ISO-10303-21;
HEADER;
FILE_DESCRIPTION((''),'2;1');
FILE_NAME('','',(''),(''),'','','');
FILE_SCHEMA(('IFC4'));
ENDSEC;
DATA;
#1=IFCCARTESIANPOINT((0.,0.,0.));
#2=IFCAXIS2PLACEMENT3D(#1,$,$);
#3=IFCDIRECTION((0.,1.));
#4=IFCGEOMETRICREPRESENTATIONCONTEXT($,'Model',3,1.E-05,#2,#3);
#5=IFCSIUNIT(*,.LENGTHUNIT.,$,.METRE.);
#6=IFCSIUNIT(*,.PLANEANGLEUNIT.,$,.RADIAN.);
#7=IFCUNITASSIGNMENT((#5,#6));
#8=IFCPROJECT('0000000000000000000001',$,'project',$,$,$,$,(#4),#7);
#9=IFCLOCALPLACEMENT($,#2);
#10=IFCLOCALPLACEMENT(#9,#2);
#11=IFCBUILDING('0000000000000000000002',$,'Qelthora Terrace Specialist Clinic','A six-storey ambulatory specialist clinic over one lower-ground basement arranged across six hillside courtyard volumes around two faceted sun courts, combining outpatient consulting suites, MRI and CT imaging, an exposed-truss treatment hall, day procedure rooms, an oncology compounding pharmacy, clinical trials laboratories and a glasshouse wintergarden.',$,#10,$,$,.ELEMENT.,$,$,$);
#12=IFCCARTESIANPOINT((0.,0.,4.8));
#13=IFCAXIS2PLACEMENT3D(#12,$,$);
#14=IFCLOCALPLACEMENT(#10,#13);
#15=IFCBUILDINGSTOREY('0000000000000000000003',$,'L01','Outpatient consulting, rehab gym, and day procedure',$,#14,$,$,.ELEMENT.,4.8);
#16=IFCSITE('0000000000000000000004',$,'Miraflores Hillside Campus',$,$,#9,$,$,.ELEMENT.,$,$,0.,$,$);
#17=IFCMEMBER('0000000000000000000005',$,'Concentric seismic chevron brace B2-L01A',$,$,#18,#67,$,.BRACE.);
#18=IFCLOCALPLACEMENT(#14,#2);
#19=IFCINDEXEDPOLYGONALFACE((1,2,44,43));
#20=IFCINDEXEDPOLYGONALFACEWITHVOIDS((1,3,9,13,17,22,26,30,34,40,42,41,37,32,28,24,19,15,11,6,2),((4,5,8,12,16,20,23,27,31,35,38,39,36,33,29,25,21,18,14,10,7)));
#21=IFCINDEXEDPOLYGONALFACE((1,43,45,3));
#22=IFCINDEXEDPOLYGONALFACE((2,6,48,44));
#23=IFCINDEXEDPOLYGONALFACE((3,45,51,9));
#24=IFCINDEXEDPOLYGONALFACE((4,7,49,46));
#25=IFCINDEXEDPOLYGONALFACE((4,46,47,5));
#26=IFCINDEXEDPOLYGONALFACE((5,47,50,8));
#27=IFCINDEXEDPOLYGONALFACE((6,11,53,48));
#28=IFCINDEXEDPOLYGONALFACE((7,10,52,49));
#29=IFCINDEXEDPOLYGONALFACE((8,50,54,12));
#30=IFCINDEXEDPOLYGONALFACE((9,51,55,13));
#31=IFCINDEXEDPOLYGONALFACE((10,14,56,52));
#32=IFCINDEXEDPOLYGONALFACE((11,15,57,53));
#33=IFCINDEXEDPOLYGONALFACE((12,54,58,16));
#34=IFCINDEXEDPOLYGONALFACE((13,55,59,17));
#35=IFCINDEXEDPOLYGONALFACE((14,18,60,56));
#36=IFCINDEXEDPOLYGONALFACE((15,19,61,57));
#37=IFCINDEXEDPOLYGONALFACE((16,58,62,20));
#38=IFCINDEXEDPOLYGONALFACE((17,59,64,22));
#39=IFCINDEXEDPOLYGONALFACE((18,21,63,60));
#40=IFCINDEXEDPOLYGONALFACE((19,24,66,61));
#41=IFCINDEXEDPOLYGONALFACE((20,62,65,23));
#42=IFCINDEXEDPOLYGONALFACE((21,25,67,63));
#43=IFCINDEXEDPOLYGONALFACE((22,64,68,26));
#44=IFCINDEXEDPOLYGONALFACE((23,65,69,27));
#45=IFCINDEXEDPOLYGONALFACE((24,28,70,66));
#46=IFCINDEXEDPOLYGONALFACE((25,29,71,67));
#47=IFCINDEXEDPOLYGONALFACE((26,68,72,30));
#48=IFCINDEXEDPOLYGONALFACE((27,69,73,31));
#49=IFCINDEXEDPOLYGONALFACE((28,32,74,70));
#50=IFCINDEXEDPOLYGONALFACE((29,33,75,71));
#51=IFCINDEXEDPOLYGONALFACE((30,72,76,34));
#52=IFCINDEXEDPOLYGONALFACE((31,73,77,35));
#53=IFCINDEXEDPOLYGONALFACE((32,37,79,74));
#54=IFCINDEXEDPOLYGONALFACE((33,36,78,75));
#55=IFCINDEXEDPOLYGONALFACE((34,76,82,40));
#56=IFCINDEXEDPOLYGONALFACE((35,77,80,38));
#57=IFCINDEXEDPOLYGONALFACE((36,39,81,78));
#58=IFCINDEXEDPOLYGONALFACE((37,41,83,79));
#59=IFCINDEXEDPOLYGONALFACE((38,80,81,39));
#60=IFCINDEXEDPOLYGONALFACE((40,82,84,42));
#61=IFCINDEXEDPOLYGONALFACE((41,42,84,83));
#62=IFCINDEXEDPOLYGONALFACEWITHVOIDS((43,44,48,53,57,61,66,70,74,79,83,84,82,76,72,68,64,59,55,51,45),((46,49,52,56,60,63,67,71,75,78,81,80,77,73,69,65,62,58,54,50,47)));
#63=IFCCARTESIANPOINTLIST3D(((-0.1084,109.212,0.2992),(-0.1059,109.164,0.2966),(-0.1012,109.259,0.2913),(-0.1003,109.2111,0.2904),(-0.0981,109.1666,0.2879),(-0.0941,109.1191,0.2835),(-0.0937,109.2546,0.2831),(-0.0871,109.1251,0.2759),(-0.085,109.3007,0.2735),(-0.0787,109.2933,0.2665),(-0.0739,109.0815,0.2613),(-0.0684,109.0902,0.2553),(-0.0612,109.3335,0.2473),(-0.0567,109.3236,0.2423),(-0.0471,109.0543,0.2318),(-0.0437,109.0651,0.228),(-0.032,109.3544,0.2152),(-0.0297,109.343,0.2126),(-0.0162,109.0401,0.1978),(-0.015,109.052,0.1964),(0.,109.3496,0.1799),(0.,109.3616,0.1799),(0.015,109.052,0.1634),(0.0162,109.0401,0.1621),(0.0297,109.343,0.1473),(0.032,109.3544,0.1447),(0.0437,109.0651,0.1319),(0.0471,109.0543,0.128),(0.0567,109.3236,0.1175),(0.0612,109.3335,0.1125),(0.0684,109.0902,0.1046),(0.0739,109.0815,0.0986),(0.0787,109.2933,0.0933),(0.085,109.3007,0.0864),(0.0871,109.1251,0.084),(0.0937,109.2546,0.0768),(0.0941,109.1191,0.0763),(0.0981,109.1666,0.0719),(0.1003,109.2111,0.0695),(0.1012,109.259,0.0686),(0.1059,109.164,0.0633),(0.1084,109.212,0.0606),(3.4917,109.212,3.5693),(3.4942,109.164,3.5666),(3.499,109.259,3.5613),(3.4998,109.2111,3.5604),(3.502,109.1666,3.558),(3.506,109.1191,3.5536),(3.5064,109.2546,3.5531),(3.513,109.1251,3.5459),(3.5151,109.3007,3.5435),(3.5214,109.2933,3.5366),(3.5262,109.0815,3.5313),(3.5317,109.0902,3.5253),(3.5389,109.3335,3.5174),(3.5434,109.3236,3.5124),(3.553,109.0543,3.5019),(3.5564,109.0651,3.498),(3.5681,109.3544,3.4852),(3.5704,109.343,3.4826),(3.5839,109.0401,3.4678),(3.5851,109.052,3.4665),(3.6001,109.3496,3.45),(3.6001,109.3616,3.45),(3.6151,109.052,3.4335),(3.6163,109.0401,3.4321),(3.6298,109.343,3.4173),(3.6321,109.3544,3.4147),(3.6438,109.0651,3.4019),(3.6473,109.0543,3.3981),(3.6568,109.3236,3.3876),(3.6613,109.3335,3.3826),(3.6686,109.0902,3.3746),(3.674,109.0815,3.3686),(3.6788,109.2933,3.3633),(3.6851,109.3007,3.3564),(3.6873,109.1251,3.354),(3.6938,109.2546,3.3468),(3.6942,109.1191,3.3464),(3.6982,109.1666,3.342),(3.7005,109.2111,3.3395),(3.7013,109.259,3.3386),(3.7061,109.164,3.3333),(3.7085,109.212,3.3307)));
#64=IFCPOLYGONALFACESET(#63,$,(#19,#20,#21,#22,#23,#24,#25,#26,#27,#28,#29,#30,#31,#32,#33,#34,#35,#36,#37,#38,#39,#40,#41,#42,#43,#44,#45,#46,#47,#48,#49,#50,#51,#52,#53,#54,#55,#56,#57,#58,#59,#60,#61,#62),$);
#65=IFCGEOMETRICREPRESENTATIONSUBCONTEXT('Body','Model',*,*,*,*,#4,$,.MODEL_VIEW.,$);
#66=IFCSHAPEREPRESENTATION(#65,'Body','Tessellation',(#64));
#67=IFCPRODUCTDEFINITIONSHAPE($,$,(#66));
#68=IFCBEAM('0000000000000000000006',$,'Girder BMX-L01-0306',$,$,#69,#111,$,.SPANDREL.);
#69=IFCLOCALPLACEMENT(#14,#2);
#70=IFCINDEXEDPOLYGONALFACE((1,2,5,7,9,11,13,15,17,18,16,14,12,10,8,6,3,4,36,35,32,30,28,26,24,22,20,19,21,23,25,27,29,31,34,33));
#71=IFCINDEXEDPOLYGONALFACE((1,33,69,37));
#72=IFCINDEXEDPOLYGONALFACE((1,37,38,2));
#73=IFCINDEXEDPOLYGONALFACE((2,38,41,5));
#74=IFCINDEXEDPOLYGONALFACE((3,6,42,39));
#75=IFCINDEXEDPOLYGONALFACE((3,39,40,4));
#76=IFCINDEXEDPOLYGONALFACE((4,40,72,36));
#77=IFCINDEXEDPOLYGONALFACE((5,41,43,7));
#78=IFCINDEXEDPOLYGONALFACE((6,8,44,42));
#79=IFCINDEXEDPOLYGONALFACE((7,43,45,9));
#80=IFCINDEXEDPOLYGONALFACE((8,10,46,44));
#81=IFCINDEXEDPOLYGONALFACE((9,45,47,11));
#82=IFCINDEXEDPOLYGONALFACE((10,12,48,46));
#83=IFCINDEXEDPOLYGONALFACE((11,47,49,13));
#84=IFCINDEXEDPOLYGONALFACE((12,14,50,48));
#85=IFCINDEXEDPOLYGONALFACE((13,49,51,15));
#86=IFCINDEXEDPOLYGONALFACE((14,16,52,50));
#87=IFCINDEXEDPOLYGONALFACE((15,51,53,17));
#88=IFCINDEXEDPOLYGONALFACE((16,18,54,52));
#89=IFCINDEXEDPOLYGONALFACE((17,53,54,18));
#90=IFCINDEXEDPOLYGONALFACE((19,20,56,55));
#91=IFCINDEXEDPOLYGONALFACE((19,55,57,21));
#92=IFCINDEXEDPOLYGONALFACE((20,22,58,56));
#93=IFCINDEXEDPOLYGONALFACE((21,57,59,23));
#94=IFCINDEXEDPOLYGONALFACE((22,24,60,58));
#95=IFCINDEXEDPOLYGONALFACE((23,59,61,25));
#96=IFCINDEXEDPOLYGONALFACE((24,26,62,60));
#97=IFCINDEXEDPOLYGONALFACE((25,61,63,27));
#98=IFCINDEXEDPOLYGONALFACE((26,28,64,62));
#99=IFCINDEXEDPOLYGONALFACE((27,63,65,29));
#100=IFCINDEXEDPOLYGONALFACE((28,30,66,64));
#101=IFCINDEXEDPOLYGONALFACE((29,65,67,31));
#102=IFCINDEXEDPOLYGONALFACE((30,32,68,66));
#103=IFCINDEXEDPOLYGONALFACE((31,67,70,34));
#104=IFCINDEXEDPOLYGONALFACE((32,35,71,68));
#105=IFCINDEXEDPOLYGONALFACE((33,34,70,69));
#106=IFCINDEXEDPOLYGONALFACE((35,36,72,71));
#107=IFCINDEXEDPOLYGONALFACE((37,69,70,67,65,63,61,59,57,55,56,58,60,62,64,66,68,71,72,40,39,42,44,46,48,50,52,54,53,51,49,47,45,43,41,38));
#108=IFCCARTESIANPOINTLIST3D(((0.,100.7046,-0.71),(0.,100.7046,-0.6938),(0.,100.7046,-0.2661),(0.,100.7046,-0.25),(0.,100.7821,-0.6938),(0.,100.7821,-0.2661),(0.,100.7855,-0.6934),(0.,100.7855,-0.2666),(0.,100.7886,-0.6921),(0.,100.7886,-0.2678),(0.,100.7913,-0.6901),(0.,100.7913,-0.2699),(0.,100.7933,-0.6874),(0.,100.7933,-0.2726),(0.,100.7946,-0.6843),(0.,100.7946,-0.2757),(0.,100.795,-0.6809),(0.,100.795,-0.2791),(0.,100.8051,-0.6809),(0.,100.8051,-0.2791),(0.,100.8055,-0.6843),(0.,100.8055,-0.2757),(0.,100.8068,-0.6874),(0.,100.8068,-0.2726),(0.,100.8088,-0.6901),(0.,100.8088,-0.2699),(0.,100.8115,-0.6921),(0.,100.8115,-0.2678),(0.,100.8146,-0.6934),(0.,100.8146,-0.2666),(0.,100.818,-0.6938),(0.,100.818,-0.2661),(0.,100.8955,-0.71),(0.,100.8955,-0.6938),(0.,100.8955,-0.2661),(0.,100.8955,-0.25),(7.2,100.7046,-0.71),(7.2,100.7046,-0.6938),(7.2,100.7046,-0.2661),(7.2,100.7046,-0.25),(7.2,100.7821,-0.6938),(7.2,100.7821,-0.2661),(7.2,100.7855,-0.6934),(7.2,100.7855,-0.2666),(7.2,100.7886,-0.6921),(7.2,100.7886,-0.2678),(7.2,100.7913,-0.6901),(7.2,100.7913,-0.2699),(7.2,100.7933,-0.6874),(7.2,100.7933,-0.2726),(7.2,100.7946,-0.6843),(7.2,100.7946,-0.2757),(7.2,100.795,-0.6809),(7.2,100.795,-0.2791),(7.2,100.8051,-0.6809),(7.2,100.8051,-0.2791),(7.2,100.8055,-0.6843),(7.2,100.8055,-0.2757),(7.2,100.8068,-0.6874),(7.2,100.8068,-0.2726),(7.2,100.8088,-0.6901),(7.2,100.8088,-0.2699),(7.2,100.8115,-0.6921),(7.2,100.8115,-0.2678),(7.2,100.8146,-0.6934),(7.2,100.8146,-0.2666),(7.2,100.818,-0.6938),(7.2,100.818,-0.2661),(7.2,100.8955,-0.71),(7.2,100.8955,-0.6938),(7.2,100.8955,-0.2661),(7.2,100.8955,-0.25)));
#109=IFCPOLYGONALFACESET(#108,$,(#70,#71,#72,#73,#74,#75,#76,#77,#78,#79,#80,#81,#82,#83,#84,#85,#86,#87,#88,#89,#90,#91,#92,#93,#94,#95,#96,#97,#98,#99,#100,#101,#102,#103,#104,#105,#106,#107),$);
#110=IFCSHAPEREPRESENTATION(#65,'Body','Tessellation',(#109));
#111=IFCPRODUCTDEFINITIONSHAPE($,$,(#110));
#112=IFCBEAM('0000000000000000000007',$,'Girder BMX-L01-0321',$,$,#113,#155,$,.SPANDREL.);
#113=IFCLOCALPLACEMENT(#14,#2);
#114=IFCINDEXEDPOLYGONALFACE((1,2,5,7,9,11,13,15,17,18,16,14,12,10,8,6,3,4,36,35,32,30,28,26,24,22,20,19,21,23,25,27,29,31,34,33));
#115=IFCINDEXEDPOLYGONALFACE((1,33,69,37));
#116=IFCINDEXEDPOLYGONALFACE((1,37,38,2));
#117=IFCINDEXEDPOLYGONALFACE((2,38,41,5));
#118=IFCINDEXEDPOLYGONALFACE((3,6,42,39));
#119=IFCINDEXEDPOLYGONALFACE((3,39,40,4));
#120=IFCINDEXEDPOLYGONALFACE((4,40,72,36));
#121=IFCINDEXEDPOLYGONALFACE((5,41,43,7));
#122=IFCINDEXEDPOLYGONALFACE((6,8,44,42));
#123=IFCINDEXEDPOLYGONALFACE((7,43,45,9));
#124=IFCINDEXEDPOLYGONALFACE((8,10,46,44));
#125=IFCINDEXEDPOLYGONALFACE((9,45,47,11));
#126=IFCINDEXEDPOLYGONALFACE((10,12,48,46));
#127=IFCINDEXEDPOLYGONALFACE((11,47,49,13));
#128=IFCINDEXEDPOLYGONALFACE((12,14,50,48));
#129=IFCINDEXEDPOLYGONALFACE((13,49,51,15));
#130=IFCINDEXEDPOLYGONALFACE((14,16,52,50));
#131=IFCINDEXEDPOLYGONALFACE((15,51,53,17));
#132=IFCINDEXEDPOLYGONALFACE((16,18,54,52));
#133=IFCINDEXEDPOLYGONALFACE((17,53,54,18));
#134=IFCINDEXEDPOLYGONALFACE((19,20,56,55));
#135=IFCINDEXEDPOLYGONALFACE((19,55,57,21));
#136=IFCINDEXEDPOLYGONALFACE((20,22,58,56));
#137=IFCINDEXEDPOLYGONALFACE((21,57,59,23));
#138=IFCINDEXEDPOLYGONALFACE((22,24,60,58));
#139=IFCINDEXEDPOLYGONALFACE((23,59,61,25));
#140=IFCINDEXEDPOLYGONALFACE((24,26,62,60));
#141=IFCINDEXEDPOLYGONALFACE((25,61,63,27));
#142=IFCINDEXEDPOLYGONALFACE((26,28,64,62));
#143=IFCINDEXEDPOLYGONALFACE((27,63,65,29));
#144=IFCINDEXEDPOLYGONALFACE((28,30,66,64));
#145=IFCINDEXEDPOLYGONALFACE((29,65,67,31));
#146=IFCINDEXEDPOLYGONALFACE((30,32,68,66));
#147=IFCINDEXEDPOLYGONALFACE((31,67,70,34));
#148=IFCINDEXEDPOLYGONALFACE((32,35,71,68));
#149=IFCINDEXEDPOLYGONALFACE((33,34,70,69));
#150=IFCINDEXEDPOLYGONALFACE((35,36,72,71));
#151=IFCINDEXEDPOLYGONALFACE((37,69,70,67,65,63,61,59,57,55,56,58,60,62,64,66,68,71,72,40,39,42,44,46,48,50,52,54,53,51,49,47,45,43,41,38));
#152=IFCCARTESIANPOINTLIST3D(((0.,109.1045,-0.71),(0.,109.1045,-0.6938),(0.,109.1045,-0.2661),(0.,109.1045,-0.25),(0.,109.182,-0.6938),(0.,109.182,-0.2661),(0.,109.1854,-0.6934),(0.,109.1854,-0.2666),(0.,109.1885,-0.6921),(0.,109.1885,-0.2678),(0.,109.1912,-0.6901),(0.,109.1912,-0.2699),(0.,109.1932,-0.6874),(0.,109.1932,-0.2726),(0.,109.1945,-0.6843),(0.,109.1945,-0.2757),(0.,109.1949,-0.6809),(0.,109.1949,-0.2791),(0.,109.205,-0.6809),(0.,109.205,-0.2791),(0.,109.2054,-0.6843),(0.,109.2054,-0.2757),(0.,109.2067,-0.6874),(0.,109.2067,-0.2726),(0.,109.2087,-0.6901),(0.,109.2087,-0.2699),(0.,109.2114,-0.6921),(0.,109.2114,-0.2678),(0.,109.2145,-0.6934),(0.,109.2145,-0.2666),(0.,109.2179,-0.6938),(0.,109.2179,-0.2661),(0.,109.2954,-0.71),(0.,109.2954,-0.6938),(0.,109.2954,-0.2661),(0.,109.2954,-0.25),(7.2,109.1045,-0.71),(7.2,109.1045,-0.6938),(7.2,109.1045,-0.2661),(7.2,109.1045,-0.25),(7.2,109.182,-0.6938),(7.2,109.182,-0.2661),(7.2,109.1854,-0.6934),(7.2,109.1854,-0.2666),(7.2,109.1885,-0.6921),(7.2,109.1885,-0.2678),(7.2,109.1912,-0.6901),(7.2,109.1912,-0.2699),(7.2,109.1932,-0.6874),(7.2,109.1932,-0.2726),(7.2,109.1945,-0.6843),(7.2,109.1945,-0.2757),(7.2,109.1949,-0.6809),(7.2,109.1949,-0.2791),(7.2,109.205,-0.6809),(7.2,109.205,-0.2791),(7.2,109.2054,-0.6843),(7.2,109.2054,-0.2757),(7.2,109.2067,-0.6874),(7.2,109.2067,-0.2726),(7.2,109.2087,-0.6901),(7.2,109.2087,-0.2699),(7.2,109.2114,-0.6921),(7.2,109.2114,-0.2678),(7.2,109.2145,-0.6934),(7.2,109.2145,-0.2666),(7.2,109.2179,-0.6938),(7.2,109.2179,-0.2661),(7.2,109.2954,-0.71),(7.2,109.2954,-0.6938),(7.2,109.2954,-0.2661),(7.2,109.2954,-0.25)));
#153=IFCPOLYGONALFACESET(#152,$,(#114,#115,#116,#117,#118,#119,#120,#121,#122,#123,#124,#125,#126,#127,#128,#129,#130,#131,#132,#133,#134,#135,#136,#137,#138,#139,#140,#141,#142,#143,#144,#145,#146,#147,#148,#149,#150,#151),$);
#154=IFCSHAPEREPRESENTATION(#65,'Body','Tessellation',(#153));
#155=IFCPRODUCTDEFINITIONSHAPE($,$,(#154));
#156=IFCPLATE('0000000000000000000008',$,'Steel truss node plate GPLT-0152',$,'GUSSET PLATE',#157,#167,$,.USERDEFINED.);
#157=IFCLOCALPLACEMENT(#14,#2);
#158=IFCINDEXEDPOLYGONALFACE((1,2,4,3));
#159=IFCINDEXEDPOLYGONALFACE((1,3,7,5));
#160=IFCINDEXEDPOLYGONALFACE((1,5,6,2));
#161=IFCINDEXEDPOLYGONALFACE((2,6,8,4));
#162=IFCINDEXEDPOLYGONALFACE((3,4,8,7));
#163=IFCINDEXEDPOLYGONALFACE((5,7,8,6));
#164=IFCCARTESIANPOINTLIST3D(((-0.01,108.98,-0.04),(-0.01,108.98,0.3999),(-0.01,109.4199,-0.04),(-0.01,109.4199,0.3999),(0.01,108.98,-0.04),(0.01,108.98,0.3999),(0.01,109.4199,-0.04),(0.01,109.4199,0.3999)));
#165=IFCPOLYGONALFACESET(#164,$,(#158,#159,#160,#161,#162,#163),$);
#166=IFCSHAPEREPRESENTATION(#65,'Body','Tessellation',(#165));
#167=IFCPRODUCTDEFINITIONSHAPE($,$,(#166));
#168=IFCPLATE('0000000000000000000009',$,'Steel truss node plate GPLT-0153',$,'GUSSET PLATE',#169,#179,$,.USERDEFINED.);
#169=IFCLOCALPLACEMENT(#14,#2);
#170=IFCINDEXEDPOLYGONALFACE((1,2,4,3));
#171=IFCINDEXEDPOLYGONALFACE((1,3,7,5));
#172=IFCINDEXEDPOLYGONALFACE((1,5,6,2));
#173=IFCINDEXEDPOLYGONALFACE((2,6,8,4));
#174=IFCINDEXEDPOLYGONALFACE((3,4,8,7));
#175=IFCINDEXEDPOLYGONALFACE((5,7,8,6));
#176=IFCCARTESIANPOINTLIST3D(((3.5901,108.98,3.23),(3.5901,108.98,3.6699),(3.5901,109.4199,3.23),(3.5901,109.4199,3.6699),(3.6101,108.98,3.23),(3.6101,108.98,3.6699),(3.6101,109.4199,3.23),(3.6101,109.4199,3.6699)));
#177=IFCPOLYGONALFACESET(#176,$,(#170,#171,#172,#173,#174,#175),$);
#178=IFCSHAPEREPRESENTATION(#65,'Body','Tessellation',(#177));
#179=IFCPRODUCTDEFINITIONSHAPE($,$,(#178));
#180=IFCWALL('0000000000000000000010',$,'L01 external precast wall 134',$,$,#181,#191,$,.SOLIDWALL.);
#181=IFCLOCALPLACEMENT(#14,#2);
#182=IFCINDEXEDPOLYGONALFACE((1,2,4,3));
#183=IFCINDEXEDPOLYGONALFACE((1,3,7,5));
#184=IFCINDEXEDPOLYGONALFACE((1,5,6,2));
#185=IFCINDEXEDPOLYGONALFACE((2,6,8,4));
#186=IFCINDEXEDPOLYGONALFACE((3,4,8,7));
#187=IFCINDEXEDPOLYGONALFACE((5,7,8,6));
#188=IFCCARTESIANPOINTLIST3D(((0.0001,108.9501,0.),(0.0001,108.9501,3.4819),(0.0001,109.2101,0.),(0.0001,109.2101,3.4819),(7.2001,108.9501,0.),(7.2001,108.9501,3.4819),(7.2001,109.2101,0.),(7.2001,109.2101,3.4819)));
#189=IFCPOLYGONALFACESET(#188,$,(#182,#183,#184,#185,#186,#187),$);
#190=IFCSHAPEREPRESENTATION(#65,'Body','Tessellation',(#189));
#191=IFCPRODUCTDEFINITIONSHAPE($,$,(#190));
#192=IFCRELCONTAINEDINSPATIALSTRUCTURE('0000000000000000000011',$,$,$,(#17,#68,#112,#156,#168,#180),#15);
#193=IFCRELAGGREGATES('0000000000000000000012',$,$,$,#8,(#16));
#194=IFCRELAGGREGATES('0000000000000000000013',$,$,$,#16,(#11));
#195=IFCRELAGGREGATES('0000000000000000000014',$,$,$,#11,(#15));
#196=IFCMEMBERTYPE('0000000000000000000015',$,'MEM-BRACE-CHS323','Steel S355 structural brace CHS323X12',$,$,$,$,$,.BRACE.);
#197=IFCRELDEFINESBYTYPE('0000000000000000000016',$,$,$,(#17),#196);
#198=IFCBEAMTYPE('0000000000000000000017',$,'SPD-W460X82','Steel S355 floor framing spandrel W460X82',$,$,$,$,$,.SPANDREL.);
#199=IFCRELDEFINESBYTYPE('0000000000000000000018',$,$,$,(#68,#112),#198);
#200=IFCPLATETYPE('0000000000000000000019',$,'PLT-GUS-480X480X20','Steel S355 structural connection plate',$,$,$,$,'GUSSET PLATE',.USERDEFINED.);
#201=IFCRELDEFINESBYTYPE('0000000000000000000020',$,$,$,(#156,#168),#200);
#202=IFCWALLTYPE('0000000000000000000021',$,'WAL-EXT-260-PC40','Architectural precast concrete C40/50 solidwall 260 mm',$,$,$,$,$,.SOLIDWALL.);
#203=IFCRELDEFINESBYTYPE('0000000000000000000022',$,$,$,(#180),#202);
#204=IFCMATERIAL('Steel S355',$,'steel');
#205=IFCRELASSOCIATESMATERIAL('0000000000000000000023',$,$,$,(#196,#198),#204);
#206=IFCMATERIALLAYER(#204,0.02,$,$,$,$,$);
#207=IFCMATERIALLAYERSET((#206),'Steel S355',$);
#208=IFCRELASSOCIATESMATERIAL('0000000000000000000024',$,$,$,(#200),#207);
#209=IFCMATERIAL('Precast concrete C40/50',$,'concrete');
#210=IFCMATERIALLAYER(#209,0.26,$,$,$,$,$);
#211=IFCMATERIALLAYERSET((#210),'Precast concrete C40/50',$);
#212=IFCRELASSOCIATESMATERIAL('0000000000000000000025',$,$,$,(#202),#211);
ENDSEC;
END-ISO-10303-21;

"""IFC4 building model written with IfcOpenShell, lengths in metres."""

from ifc_helpers import new_model, si_unit, direction, frame, frame_2d, origin, origin_2d, place, context, subcontext, project, spatial, rectangle, hollow_circle, i_section, extrude, material, layer, layer_set, material_profile, profile_set, type_object, element, save


model = new_model("IFC4")

# Units and contexts
model_context = context("Model", 3, precision=1e-05, world=origin(), true_north=direction((0.0, 1.0)))
body_context = subcontext(model_context, "Body", "Model", "MODEL_VIEW")
ifc_project = project(units=[si_unit("LENGTHUNIT", "METRE"), si_unit("PLANEANGLEUNIT", "RADIAN")], contexts=[model_context])

# Site, building, storey
site_placement = place(None, origin())
site = spatial("IfcSite", under=ifc_project, at=site_placement, Name="Miraflores Hillside Campus", CompositionType="ELEMENT", RefElevation=0.0)
building_placement = place(site_placement, origin())
building = spatial("IfcBuilding", under=site, at=building_placement, Name="Qelthora Terrace Specialist Clinic", Description="A six-storey ambulatory specialist clinic over one lower-ground basement arranged across six hillside courtyard volumes around two faceted sun courts, combining outpatient consulting suites, MRI and CT imaging, an exposed-truss treatment hall, day procedure rooms, an oncology compounding pharmacy, clinical trials laboratories and a glasshouse wintergarden.", CompositionType="ELEMENT")
storey_placement = place(building_placement, frame((0.0, 0.0, 4.8)))
storey = spatial("IfcBuildingStorey", under=building, at=storey_placement, Name="L01", Description="Outpatient consulting, rehab gym, and day procedure", CompositionType="ELEMENT", Elevation=4.8)

# Shared definitions
ifc_material_1 = material(Name="Steel S355", Category="steel")

# Member
ifc_material_profile_1 = material_profile(ifc_material_1, hollow_circle(Radius=0.1616, WallThickness=0.012, at=origin_2d()), Name="CHS323X12")
ifc_profile_set_1 = profile_set([ifc_material_profile_1], Name="Steel S355")
member_type = type_object("IfcMemberType", Name="MEM-BRACE-CHS323", Description="Steel S355 structural brace CHS323X12", PredefinedType="BRACE", material=ifc_profile_set_1)
member_placement = place(storey_placement, frame((0.0, 109.2, 0.1799), z_axis=(0.740226, 0.0, 0.672358), x_axis=(0.0, 1.0, 0.0)))
element("IfcMember", 1, at=member_placement, inside=storey, type_object=member_type, Name="Concentric seismic chevron brace B2-L01A", PredefinedType="BRACE", context=body_context, shape_type="SweptSolid", body=[
    extrude(hollow_circle(Radius=0.1616, WallThickness=0.012, at=origin_2d()), origin(), (0.0, 0.0, 1.0), 4.8635),
])

# Beams
ifc_material_profile_2 = material_profile(ifc_material_1, i_section(OverallWidth=0.1909, OverallDepth=0.46, WebThickness=0.01, FlangeThickness=0.0161, FilletRadius=0.0129, at=origin_2d()), Name="W460X82")
ifc_profile_set_2 = profile_set([ifc_material_profile_2], Name="Steel S355")
beam_type_1 = type_object("IfcBeamType", Name="SPD-W460X82", Description="Steel S355 floor framing spandrel W460X82", PredefinedType="SPANDREL", material=ifc_profile_set_2)
for number, where, z_axis, x_axis, name in (
    (2, (0.0, 100.8, -0.48), (1.0, 0.0, 0.0), (0.0, 1.0, 0.0), "Girder BMX-L01-0306"),
    (3, (0.0, 109.2, -0.48), (1.0, 0.0, 0.0), (0.0, 1.0, 0.0), "Girder BMX-L01-0321"),
):
    element("IfcBeam", number, at=place(storey_placement, frame(where, z_axis=z_axis, x_axis=x_axis)), inside=storey, type_object=beam_type_1, Name=name, PredefinedType="SPANDREL", context=body_context, shape_type="SweptSolid", body=[
        extrude(i_section(OverallWidth=0.1909, OverallDepth=0.46, WebThickness=0.01, FlangeThickness=0.0161, FilletRadius=0.0129, at=origin_2d()), origin(), (0.0, 0.0, 1.0), 7.2),
    ])

# Plates
ifc_layer_1 = layer(ifc_material_1, 0.02)
ifc_layer_set_1 = layer_set([ifc_layer_1], Name="Steel S355")
plate_type = type_object("IfcPlateType", Name="PLT-GUS-480X480X20", Description="Steel S355 structural connection plate", ElementType="GUSSET PLATE", PredefinedType="USERDEFINED", material=ifc_layer_set_1)
for number, where, z_axis, x_axis, name in (
    (4, (0.0, 109.2, -0.04), (0.0, 0.0, 1.0), (1.0, 0.0, 0.0), "Steel truss node plate GPLT-0152"),
    (5, (3.6001, 109.2, 3.23), (0.0, 0.0, 1.0), (1.0, 0.0, 0.0), "Steel truss node plate GPLT-0153"),
):
    element("IfcPlate", number, at=place(storey_placement, frame(where, z_axis=z_axis, x_axis=x_axis)), inside=storey, type_object=plate_type, Name=name, ObjectType="GUSSET PLATE", PredefinedType="USERDEFINED", context=body_context, shape_type="SweptSolid", body=[
        extrude(rectangle(XDim=0.02, YDim=0.4399, at=origin_2d()), origin(), (0.0, 0.0, 1.0), 0.4399),
    ])

# Wall
ifc_material_2 = material(Name="Precast concrete C40/50", Category="concrete")
ifc_layer_2 = layer(ifc_material_2, 0.26)
ifc_layer_set_2 = layer_set([ifc_layer_2], Name="Precast concrete C40/50")
wall_type_1 = type_object("IfcWallType", Name="WAL-EXT-260-PC40", Description="Architectural precast concrete C40/50 solidwall 260 mm", PredefinedType="SOLIDWALL", material=ifc_layer_set_2)
wall_1_placement = place(storey_placement, frame((0.0, 109.0801, 0.0), z_axis=(0.0, 0.0, 1.0), x_axis=(1.0, 0.0, 0.0)))
element("IfcWall", 6, at=wall_1_placement, inside=storey, type_object=wall_type_1, Name="L01 external precast wall 134", PredefinedType="SOLIDWALL", context=body_context, shape_type="SweptSolid", body=[
    extrude(rectangle(XDim=7.2, YDim=0.26, at=frame_2d((3.6001, 0.0))), origin(), (0.0, 0.0, 1.0), 3.4819),
])

save(model, "model.ifc")
